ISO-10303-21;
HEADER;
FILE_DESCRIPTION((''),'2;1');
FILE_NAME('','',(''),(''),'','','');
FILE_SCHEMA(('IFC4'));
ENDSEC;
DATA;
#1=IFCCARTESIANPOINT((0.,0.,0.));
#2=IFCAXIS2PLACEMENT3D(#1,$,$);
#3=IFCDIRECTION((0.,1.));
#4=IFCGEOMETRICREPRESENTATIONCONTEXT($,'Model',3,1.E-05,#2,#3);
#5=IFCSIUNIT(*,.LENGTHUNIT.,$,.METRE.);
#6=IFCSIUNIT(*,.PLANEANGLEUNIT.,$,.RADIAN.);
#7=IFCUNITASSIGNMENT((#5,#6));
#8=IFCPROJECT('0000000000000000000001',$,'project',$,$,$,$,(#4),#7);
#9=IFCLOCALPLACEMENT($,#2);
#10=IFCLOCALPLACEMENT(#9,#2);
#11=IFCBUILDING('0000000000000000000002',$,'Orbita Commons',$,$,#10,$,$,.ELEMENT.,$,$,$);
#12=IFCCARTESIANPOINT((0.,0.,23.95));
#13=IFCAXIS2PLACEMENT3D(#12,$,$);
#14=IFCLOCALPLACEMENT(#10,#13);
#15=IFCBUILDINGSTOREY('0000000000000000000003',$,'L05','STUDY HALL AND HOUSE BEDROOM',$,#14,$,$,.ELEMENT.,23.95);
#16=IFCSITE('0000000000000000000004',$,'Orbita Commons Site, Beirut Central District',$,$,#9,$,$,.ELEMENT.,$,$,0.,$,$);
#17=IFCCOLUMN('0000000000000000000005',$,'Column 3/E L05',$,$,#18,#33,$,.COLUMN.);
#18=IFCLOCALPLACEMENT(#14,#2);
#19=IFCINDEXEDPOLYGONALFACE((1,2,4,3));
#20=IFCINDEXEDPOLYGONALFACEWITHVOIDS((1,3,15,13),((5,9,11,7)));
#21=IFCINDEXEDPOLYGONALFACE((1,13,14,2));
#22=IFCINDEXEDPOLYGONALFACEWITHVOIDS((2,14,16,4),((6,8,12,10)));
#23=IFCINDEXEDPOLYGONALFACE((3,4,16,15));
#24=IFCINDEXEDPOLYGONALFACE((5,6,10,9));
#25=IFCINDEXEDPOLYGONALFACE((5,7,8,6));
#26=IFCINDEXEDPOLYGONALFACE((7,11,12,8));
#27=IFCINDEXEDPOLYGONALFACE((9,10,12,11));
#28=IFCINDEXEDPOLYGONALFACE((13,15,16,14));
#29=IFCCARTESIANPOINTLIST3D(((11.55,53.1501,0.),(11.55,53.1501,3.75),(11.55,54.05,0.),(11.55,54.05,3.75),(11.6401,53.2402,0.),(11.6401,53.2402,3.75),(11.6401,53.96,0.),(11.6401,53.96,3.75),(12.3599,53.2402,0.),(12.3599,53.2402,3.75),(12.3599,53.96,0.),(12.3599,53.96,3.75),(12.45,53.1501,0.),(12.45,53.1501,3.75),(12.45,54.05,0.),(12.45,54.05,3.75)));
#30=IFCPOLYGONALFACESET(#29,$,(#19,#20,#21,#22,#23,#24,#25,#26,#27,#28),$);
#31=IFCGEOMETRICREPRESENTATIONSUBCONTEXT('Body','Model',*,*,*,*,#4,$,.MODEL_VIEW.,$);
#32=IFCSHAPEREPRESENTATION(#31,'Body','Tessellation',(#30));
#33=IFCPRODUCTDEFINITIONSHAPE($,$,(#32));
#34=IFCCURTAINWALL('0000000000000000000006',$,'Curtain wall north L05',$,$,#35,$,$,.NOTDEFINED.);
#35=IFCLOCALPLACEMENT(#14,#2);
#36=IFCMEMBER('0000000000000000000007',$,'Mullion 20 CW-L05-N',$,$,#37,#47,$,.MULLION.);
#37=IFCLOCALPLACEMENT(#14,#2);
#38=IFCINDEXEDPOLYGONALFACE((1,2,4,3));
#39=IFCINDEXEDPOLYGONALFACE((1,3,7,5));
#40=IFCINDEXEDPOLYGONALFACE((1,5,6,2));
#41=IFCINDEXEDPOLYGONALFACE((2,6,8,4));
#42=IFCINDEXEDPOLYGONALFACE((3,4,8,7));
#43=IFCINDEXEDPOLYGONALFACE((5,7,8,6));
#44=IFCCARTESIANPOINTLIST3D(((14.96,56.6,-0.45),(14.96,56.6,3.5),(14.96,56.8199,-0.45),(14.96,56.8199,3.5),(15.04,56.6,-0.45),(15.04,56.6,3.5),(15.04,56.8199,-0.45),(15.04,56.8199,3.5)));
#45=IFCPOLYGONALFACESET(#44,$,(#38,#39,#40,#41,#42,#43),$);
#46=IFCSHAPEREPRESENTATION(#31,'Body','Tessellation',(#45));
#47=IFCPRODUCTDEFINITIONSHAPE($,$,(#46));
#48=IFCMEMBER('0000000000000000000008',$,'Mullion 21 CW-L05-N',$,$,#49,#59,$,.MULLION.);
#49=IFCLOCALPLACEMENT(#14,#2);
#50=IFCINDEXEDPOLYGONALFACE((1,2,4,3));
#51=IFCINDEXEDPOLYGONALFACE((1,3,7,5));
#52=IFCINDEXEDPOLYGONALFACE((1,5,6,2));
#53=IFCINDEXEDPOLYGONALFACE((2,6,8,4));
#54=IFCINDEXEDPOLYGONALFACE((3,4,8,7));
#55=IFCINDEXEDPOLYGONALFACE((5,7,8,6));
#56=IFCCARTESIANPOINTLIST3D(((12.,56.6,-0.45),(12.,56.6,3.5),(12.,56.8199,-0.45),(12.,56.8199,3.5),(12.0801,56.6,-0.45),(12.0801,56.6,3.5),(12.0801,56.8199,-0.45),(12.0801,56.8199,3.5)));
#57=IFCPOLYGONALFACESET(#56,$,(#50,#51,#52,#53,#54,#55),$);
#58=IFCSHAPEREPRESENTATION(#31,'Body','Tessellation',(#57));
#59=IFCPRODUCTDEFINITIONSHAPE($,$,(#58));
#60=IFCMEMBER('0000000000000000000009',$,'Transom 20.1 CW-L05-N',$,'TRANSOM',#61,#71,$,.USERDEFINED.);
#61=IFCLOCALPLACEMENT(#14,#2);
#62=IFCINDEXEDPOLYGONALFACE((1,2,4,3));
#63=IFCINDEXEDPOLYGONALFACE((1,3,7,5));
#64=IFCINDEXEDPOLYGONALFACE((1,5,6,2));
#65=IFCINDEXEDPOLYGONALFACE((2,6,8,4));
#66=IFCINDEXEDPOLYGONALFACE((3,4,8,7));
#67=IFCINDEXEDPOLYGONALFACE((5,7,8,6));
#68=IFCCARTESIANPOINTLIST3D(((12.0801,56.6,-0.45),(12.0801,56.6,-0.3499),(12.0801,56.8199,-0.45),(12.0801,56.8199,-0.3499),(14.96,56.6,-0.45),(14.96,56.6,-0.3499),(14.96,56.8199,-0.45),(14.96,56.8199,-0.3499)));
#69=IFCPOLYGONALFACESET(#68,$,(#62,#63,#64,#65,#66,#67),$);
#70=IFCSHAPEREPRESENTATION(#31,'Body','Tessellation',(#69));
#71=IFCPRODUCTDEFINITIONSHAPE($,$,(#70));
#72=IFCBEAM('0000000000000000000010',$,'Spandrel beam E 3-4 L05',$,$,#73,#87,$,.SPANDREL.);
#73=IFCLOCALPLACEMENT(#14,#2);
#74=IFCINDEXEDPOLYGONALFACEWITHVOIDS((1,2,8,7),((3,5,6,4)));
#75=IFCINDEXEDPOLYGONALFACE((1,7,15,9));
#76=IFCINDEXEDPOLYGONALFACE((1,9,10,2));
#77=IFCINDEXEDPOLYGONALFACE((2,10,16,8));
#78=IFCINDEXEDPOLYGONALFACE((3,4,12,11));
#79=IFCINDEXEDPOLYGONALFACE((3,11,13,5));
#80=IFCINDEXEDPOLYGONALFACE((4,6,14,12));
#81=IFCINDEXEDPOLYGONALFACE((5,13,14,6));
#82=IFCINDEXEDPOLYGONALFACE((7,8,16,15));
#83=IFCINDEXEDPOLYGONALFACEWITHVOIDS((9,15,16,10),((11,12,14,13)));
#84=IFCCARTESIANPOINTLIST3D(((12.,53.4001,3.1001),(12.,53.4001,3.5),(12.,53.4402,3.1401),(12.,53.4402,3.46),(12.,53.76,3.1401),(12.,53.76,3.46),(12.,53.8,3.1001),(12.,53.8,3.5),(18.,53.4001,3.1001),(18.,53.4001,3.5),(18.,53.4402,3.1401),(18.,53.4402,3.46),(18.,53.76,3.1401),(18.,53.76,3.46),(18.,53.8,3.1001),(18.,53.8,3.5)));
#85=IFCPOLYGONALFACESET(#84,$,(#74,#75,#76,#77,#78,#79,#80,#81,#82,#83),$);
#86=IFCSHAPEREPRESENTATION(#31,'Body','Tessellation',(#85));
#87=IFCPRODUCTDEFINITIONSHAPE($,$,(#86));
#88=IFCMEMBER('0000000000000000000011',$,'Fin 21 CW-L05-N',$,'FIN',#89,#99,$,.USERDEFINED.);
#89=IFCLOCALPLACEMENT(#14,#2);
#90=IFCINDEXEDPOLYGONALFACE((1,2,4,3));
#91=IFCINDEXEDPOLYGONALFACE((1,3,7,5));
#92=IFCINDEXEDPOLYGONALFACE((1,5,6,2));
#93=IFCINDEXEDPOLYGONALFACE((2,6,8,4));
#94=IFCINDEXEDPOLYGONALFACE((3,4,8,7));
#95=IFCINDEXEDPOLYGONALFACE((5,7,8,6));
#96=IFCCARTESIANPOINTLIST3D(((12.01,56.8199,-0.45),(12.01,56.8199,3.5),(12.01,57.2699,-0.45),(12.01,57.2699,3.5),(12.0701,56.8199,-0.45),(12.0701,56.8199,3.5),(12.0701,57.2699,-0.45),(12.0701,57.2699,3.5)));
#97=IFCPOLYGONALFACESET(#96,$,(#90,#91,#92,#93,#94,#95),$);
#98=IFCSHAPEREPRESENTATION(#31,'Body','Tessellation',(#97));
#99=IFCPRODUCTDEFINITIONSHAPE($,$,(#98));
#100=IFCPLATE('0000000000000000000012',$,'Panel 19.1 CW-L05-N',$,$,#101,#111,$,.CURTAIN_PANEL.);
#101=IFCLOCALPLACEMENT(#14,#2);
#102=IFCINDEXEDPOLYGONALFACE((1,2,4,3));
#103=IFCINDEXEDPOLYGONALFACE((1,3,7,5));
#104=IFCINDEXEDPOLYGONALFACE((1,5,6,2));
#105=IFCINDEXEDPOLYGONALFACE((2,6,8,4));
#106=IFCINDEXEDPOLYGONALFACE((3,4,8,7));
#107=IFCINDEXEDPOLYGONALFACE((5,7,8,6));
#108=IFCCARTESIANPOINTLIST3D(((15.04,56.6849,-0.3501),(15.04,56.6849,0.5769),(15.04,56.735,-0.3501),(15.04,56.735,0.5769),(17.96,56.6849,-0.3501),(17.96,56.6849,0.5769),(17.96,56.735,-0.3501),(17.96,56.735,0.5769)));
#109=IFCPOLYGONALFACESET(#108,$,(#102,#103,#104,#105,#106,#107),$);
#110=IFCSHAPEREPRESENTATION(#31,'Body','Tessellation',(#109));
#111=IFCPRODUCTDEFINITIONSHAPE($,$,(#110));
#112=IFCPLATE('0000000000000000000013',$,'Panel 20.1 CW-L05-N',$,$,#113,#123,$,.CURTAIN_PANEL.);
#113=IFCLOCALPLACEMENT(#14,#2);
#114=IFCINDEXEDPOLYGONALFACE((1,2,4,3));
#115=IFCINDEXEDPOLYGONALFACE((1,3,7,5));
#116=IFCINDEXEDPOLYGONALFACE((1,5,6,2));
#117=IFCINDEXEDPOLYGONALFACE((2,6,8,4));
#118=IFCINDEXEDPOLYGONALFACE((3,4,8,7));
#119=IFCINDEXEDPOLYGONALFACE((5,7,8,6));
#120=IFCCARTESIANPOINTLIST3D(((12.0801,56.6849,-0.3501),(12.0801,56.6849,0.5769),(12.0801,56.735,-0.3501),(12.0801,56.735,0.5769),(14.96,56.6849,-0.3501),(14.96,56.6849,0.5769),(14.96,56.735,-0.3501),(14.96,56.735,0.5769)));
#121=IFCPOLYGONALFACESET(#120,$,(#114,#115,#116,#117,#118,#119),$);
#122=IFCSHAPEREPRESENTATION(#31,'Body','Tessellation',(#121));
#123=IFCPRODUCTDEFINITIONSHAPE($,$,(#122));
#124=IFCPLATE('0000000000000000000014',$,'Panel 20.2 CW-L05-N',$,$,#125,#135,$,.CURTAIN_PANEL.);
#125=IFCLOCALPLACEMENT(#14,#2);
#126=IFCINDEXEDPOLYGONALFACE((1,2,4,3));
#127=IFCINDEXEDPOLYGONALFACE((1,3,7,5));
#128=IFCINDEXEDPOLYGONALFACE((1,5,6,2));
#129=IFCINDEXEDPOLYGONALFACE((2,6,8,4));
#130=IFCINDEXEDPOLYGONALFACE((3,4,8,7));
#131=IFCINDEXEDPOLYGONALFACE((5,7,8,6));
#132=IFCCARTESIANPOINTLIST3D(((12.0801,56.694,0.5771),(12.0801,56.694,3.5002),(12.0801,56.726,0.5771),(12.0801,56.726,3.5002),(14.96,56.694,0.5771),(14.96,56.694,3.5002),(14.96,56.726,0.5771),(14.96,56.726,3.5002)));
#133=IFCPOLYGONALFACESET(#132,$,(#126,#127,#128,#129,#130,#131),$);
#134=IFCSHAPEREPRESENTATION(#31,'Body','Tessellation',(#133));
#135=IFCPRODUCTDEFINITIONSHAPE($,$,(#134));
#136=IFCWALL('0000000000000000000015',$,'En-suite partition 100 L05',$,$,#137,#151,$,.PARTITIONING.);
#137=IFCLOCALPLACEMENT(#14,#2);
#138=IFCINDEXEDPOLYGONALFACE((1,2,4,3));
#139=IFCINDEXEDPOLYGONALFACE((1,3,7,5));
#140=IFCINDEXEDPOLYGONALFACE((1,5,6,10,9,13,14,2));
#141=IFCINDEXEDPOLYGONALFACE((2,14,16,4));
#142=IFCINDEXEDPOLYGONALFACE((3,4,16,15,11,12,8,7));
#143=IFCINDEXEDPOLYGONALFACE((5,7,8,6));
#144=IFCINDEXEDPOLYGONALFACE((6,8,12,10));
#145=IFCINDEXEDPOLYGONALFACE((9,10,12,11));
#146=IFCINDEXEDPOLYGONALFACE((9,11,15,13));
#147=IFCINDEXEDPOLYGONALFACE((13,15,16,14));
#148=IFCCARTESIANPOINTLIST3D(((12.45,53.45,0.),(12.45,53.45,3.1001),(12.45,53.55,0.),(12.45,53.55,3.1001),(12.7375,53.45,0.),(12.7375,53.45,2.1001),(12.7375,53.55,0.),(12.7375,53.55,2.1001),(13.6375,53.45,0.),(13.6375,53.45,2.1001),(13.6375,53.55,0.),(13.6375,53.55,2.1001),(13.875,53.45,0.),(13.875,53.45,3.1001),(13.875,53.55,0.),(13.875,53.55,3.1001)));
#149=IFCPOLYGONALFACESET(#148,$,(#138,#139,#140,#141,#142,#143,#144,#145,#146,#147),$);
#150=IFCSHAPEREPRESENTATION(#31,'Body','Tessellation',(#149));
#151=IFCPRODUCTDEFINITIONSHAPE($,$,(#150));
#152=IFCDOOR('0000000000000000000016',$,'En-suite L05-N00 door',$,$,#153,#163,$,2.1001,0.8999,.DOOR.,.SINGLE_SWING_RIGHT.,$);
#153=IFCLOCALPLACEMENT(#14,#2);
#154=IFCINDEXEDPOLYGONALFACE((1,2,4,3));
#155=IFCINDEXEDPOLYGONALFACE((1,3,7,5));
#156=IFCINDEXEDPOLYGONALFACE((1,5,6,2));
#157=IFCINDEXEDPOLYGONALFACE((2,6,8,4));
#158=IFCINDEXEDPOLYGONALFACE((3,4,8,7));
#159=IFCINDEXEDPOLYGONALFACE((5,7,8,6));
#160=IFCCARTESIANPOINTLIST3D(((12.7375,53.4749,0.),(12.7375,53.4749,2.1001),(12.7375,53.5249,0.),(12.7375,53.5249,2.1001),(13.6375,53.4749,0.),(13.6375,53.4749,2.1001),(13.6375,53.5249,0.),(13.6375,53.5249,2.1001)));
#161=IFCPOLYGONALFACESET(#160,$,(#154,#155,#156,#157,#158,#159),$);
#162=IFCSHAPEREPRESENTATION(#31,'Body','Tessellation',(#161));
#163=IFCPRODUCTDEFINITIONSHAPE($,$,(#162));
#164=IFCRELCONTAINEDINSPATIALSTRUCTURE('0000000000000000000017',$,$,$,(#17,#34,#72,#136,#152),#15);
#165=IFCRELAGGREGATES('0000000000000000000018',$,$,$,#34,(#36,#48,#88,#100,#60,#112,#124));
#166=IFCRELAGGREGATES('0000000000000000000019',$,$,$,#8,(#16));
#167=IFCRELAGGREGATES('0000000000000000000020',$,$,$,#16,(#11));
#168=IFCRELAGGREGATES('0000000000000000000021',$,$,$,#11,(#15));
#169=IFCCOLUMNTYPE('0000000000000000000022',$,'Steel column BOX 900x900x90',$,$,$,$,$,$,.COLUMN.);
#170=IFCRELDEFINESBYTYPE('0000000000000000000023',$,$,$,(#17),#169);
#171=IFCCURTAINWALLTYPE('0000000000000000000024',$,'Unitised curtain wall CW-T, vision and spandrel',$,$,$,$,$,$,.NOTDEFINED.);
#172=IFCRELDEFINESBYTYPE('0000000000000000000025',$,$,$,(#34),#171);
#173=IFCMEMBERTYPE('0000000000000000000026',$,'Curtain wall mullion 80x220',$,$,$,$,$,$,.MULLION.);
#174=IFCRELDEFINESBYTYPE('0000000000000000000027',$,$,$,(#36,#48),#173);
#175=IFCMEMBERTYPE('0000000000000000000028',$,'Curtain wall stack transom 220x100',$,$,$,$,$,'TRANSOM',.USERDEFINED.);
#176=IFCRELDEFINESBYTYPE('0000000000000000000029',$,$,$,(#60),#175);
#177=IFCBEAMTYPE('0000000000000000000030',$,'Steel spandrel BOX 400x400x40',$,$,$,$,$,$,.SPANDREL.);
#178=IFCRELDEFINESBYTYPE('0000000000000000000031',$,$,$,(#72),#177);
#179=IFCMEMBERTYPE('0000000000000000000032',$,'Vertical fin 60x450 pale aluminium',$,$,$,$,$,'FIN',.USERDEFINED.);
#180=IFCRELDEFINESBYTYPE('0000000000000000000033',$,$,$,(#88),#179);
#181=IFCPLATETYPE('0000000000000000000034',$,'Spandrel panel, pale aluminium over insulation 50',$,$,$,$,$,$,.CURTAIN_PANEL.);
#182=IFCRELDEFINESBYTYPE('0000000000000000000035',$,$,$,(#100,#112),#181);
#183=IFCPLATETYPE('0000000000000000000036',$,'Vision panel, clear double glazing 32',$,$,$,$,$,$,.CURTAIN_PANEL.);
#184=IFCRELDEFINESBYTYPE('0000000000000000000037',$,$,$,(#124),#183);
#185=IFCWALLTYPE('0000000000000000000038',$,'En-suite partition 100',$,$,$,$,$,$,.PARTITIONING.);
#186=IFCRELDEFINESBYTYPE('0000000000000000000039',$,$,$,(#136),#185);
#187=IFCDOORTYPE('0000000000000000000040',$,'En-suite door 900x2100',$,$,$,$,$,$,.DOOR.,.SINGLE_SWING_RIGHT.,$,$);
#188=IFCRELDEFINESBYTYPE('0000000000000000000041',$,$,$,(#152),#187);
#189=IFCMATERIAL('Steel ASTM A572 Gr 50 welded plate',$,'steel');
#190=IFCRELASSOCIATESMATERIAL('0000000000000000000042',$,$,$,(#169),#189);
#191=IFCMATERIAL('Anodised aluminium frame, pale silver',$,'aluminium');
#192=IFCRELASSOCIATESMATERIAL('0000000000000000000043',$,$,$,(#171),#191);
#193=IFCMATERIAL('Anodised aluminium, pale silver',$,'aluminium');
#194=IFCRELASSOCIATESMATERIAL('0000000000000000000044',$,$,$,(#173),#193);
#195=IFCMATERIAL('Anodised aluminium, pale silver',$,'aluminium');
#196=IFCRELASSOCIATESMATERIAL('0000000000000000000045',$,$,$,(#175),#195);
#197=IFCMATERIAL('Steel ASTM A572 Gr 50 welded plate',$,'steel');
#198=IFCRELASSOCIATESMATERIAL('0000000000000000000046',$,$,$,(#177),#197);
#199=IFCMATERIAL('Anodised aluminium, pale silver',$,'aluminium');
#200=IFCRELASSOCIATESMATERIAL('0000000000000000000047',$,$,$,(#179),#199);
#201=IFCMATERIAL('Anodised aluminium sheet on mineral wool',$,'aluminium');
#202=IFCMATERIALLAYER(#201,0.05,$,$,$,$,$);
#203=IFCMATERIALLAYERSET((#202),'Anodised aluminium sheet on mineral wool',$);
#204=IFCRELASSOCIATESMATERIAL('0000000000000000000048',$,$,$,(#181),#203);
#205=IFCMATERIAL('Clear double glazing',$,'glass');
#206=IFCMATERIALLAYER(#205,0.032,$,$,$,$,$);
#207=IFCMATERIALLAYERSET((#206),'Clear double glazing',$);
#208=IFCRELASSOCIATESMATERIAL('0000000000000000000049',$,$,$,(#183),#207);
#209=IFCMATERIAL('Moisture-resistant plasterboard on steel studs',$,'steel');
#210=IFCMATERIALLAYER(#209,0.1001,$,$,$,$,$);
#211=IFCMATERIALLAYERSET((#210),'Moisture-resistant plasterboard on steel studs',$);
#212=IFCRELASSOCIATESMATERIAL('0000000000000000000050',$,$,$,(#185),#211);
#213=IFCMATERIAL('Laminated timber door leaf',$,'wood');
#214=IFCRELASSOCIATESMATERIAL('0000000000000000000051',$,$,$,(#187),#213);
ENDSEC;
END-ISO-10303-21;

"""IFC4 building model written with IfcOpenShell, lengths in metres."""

from ifc_helpers import new_model, si_unit, direction, frame, frame_2d, origin, origin_2d, place, context, subcontext, project, spatial, polyline, rectangle, hollow_rectangle, outline, extrude, material, layer, layer_set, material_profile, profile_set, type_object, element, fill, aggregate, save


model = new_model("IFC4")

# Units and contexts
model_context = context("Model", 3, precision=1e-05, world=origin(), true_north=direction((0.0, 1.0)))
body_context = subcontext(model_context, "Body", "Model", "MODEL_VIEW")
ifc_project = project(units=[si_unit("LENGTHUNIT", "METRE"), si_unit("PLANEANGLEUNIT", "RADIAN")], contexts=[model_context])

# Site, building, storey
site_placement = place(None, origin())
site = spatial("IfcSite", under=ifc_project, at=site_placement, Name="Orbita Commons Site, Beirut Central District", CompositionType="ELEMENT", RefElevation=0.0)
building_placement = place(site_placement, origin())
building = spatial("IfcBuilding", under=site, at=building_placement, Name="Orbita Commons", CompositionType="ELEMENT")
storey_placement = place(building_placement, frame((0.0, 0.0, 23.95)))
storey = spatial("IfcBuildingStorey", under=building, at=storey_placement, Name="L05", Description="STUDY HALL AND HOUSE BEDROOM", CompositionType="ELEMENT", Elevation=23.95)

# Column
ifc_material_1 = material(Name="Steel ASTM A572 Gr 50 welded plate", Category="steel")
ifc_material_profile_1 = material_profile(ifc_material_1, hollow_rectangle(XDim=0.8999, YDim=0.8999, WallThickness=0.0901, at=origin_2d()), Name="BOX 900x900x90")
ifc_profile_set_1 = profile_set([ifc_material_profile_1], Name="Steel ASTM A572 Gr 50 welded plate")
column_type = type_object("IfcColumnType", Name="Steel column BOX 900x900x90", PredefinedType="COLUMN", material=ifc_profile_set_1)
column_placement = place(storey_placement, frame((12.0, 53.6001, 0.0), z_axis=(0.0, 0.0, 1.0), x_axis=(1.0, 0.0, 0.0)))
element("IfcColumn", 1, at=column_placement, inside=storey, type_object=column_type, Name="Column 3/E L05", PredefinedType="COLUMN", context=body_context, shape_type="SweptSolid", body=[
    extrude(hollow_rectangle(XDim=0.8999, YDim=0.8999, WallThickness=0.0901, at=origin_2d()), origin(), (0.0, 0.0, 1.0), 3.75),
])

# Curtain wall, members
ifc_material_2 = material(Name="Anodised aluminium frame, pale silver", Category="aluminium")
curtain_wall_type = type_object("IfcCurtainWallType", Name="Unitised curtain wall CW-T, vision and spandrel", PredefinedType="NOTDEFINED", material=ifc_material_2)
curtain_wall_placement = place(storey_placement, origin())
curtain_wall = element("IfcCurtainWall", 2, at=curtain_wall_placement, inside=storey, type_object=curtain_wall_type, Name="Curtain wall north L05", PredefinedType="NOTDEFINED")
ifc_material_3 = material(Name="Anodised aluminium, pale silver", Category="aluminium")
ifc_material_profile_2 = material_profile(ifc_material_3, rectangle(XDim=0.0801, YDim=0.22, at=origin_2d()), Name="AL 80x220")
ifc_profile_set_2 = profile_set([ifc_material_profile_2], Name="Anodised aluminium, pale silver")
member_type_1 = type_object("IfcMemberType", Name="Curtain wall mullion 80x220", PredefinedType="MULLION", material=ifc_profile_set_2)
member_1_placement = place(storey_placement, frame((15.0, 56.71, -0.45), z_axis=(0.0, 0.0, 1.0), x_axis=(-1.0, 0.0, 0.0)))
member_1 = element("IfcMember", 3, at=member_1_placement, type_object=member_type_1, Name="Mullion 20 CW-L05-N", PredefinedType="MULLION", context=body_context, shape_type="SweptSolid", body=[
    extrude(rectangle(XDim=0.0801, YDim=0.22, at=origin_2d()), origin(), (0.0, 0.0, 1.0), 3.95),
])
member_2_placement = place(storey_placement, frame((12.04, 56.71, -0.45), z_axis=(0.0, 0.0, 1.0), x_axis=(-1.0, 0.0, 0.0)))
member_2 = element("IfcMember", 4, at=member_2_placement, type_object=member_type_1, Name="Mullion 21 CW-L05-N", PredefinedType="MULLION", context=body_context, shape_type="SweptSolid", body=[
    extrude(rectangle(XDim=0.0801, YDim=0.22, at=origin_2d()), origin(), (0.0, 0.0, 1.0), 3.95),
])
ifc_material_4 = material(Name="Anodised aluminium, pale silver", Category="aluminium")
ifc_material_profile_3 = material_profile(ifc_material_4, rectangle(XDim=0.22, YDim=0.1001, at=origin_2d()), Name="AL 220x100")
ifc_profile_set_3 = profile_set([ifc_material_profile_3], Name="Anodised aluminium, pale silver")
member_type_2 = type_object("IfcMemberType", Name="Curtain wall stack transom 220x100", ElementType="TRANSOM", PredefinedType="USERDEFINED", material=ifc_profile_set_3)
member_3_placement = place(storey_placement, frame((14.96, 56.71, -0.3999), z_axis=(-1.0, 0.0, 0.0), x_axis=(0.0, -1.0, 0.0)))
member_3 = element("IfcMember", 5, at=member_3_placement, type_object=member_type_2, Name="Transom 20.1 CW-L05-N", ObjectType="TRANSOM", PredefinedType="USERDEFINED", context=body_context, shape_type="SweptSolid", body=[
    extrude(rectangle(XDim=0.22, YDim=0.1001, at=origin_2d()), origin(), (0.0, 0.0, 1.0), 2.8799),
])

# Beam
ifc_material_5 = material(Name="Steel ASTM A572 Gr 50 welded plate", Category="steel")
ifc_material_profile_4 = material_profile(ifc_material_5, hollow_rectangle(XDim=0.3999, YDim=0.3999, WallThickness=0.04, at=origin_2d()), Name="BOX 400x400x40")
ifc_profile_set_4 = profile_set([ifc_material_profile_4], Name="Steel ASTM A572 Gr 50 welded plate")
beam_type = type_object("IfcBeamType", Name="Steel spandrel BOX 400x400x40", PredefinedType="SPANDREL", material=ifc_profile_set_4)
beam_placement = place(storey_placement, frame((12.0, 53.6001, 3.3), z_axis=(1.0, 0.0, 0.0), x_axis=(0.0, 1.0, 0.0)))
element("IfcBeam", 6, at=beam_placement, inside=storey, type_object=beam_type, Name="Spandrel beam E 3-4 L05", PredefinedType="SPANDREL", context=body_context, shape_type="SweptSolid", body=[
    extrude(hollow_rectangle(XDim=0.3999, YDim=0.3999, WallThickness=0.04, at=origin_2d()), origin(), (0.0, 0.0, 1.0), 6.0),
])

# Member
ifc_material_6 = material(Name="Anodised aluminium, pale silver", Category="aluminium")
ifc_material_profile_5 = material_profile(ifc_material_6, rectangle(XDim=0.0601, YDim=0.45, at=origin_2d()), Name="FIN 60x450")
ifc_profile_set_5 = profile_set([ifc_material_profile_5], Name="Anodised aluminium, pale silver")
member_type_3 = type_object("IfcMemberType", Name="Vertical fin 60x450 pale aluminium", ElementType="FIN", PredefinedType="USERDEFINED", material=ifc_profile_set_5)
member_4_placement = place(storey_placement, frame((12.04, 57.0449, -0.45), z_axis=(0.0, 0.0, 1.0), x_axis=(-1.0, 0.0, 0.0)))
member_4 = element("IfcMember", 7, at=member_4_placement, type_object=member_type_3, Name="Fin 21 CW-L05-N", ObjectType="FIN", PredefinedType="USERDEFINED", context=body_context, shape_type="SweptSolid", body=[
    extrude(rectangle(XDim=0.0601, YDim=0.45, at=origin_2d()), origin(), (0.0, 0.0, 1.0), 3.95),
])

# Plates
ifc_material_7 = material(Name="Anodised aluminium sheet on mineral wool", Category="aluminium")
ifc_layer_1 = layer(ifc_material_7, 0.05)
ifc_layer_set_1 = layer_set([ifc_layer_1], Name="Anodised aluminium sheet on mineral wool")
plate_type_1 = type_object("IfcPlateType", Name="Spandrel panel, pale aluminium over insulation 50", PredefinedType="CURTAIN_PANEL", material=ifc_layer_set_1)
plate_1_placement = place(storey_placement, frame((16.5, 56.71, -0.3501), z_axis=(0.0, 0.0, 1.0), x_axis=(-1.0, 0.0, 0.0)))
plate_1 = element("IfcPlate", 8, at=plate_1_placement, type_object=plate_type_1, Name="Panel 19.1 CW-L05-N", PredefinedType="CURTAIN_PANEL", context=body_context, shape_type="SweptSolid", body=[
    extrude(rectangle(XDim=2.9199, YDim=0.05, at=origin_2d()), origin(), (0.0, 0.0, 1.0), 0.927),
])
plate_2_placement = place(storey_placement, frame((13.52, 56.71, -0.3501), z_axis=(0.0, 0.0, 1.0), x_axis=(-1.0, 0.0, 0.0)))
plate_2 = element("IfcPlate", 9, at=plate_2_placement, type_object=plate_type_1, Name="Panel 20.1 CW-L05-N", PredefinedType="CURTAIN_PANEL", context=body_context, shape_type="SweptSolid", body=[
    extrude(rectangle(XDim=2.8799, YDim=0.05, at=origin_2d()), origin(), (0.0, 0.0, 1.0), 0.927),
])
ifc_material_8 = material(Name="Clear double glazing", Category="glass")
ifc_layer_2 = layer(ifc_material_8, 0.032)
ifc_layer_set_2 = layer_set([ifc_layer_2], Name="Clear double glazing")
plate_type_2 = type_object("IfcPlateType", Name="Vision panel, clear double glazing 32", PredefinedType="CURTAIN_PANEL", material=ifc_layer_set_2)
plate_3_placement = place(storey_placement, frame((13.52, 56.71, 0.5771), z_axis=(0.0, 0.0, 1.0), x_axis=(-1.0, 0.0, 0.0)))
plate_3 = element("IfcPlate", 10, at=plate_3_placement, type_object=plate_type_2, Name="Panel 20.2 CW-L05-N", PredefinedType="CURTAIN_PANEL", context=body_context, shape_type="SweptSolid", body=[
    extrude(rectangle(XDim=2.8799, YDim=0.032, at=origin_2d()), origin(), (0.0, 0.0, 1.0), 2.9231),
])
aggregate(curtain_wall, [member_1, member_2, member_4, plate_1, member_3, plate_2, plate_3])

# Wall, opening, door
ifc_material_9 = material(Name="Moisture-resistant plasterboard on steel studs", Category="steel")
ifc_layer_3 = layer(ifc_material_9, 0.1001)
ifc_layer_set_3 = layer_set([ifc_layer_3], Name="Moisture-resistant plasterboard on steel studs")
wall_type_1 = type_object("IfcWallType", Name="En-suite partition 100", PredefinedType="PARTITIONING", material=ifc_layer_set_3)
wall_1_placement = place(storey_placement, frame((12.45, 53.5, 0.0), z_axis=(0.0, 0.0, 1.0), x_axis=(1.0, 0.0, 0.0)))
wall_1 = element("IfcWall", 11, at=wall_1_placement, inside=storey, type_object=wall_type_1, Name="En-suite partition 100 L05", PredefinedType="PARTITIONING", context=body_context, shape_type="SweptSolid", body=[
    extrude(outline(polyline([(0.0, 0.0), (1.425, 0.0), (1.425, 3.1001), (0.0, 3.1001), (0.0, 0.0)])), frame((0.0, 0.05, 0.0), z_axis=(0.0, -1.0, 0.0), x_axis=(1.0, 0.0, 0.0)), (0.0, 0.0, 1.0), 0.1001),
])
opening_1_placement = place(wall_1_placement, frame((0.2876, 0.0, 0.0)))
opening_1 = element("IfcOpeningElement", 12, at=opening_1_placement, cuts=wall_1, PredefinedType="OPENING", context=body_context, shape_type="SweptSolid", body=[
    extrude(rectangle(XDim=0.8999, YDim=2.1001, at=frame_2d((0.45, 1.05))), frame((0.0, 0.0601, 0.0), z_axis=(0.0, -1.0, 0.0), x_axis=(1.0, 0.0, 0.0)), (0.0, 0.0, 1.0), 0.1201),
])
ifc_material_10 = material(Name="Laminated timber door leaf", Category="wood")
door_type = type_object("IfcDoorType", Name="En-suite door 900x2100", OperationType="SINGLE_SWING_RIGHT", PredefinedType="DOOR", material=ifc_material_10)
door_1_placement = place(opening_1_placement, origin())
door_1 = element("IfcDoor", 13, at=door_1_placement, inside=storey, type_object=door_type, Name="En-suite L05-N00 door", OperationType="SINGLE_SWING_RIGHT", OverallHeight=2.1001, OverallWidth=0.8999, PredefinedType="DOOR", context=body_context, shape_type="SweptSolid", body=[
    extrude(rectangle(XDim=0.8999, YDim=2.1001, at=frame_2d((0.45, 1.05))), frame((0.0, 0.0249, 0.0), z_axis=(0.0, -1.0, 0.0), x_axis=(1.0, 0.0, 0.0)), (0.0, 0.0, 1.0), 0.05),
])
fill(opening_1, door_1)

save(model, "model.ifc")
